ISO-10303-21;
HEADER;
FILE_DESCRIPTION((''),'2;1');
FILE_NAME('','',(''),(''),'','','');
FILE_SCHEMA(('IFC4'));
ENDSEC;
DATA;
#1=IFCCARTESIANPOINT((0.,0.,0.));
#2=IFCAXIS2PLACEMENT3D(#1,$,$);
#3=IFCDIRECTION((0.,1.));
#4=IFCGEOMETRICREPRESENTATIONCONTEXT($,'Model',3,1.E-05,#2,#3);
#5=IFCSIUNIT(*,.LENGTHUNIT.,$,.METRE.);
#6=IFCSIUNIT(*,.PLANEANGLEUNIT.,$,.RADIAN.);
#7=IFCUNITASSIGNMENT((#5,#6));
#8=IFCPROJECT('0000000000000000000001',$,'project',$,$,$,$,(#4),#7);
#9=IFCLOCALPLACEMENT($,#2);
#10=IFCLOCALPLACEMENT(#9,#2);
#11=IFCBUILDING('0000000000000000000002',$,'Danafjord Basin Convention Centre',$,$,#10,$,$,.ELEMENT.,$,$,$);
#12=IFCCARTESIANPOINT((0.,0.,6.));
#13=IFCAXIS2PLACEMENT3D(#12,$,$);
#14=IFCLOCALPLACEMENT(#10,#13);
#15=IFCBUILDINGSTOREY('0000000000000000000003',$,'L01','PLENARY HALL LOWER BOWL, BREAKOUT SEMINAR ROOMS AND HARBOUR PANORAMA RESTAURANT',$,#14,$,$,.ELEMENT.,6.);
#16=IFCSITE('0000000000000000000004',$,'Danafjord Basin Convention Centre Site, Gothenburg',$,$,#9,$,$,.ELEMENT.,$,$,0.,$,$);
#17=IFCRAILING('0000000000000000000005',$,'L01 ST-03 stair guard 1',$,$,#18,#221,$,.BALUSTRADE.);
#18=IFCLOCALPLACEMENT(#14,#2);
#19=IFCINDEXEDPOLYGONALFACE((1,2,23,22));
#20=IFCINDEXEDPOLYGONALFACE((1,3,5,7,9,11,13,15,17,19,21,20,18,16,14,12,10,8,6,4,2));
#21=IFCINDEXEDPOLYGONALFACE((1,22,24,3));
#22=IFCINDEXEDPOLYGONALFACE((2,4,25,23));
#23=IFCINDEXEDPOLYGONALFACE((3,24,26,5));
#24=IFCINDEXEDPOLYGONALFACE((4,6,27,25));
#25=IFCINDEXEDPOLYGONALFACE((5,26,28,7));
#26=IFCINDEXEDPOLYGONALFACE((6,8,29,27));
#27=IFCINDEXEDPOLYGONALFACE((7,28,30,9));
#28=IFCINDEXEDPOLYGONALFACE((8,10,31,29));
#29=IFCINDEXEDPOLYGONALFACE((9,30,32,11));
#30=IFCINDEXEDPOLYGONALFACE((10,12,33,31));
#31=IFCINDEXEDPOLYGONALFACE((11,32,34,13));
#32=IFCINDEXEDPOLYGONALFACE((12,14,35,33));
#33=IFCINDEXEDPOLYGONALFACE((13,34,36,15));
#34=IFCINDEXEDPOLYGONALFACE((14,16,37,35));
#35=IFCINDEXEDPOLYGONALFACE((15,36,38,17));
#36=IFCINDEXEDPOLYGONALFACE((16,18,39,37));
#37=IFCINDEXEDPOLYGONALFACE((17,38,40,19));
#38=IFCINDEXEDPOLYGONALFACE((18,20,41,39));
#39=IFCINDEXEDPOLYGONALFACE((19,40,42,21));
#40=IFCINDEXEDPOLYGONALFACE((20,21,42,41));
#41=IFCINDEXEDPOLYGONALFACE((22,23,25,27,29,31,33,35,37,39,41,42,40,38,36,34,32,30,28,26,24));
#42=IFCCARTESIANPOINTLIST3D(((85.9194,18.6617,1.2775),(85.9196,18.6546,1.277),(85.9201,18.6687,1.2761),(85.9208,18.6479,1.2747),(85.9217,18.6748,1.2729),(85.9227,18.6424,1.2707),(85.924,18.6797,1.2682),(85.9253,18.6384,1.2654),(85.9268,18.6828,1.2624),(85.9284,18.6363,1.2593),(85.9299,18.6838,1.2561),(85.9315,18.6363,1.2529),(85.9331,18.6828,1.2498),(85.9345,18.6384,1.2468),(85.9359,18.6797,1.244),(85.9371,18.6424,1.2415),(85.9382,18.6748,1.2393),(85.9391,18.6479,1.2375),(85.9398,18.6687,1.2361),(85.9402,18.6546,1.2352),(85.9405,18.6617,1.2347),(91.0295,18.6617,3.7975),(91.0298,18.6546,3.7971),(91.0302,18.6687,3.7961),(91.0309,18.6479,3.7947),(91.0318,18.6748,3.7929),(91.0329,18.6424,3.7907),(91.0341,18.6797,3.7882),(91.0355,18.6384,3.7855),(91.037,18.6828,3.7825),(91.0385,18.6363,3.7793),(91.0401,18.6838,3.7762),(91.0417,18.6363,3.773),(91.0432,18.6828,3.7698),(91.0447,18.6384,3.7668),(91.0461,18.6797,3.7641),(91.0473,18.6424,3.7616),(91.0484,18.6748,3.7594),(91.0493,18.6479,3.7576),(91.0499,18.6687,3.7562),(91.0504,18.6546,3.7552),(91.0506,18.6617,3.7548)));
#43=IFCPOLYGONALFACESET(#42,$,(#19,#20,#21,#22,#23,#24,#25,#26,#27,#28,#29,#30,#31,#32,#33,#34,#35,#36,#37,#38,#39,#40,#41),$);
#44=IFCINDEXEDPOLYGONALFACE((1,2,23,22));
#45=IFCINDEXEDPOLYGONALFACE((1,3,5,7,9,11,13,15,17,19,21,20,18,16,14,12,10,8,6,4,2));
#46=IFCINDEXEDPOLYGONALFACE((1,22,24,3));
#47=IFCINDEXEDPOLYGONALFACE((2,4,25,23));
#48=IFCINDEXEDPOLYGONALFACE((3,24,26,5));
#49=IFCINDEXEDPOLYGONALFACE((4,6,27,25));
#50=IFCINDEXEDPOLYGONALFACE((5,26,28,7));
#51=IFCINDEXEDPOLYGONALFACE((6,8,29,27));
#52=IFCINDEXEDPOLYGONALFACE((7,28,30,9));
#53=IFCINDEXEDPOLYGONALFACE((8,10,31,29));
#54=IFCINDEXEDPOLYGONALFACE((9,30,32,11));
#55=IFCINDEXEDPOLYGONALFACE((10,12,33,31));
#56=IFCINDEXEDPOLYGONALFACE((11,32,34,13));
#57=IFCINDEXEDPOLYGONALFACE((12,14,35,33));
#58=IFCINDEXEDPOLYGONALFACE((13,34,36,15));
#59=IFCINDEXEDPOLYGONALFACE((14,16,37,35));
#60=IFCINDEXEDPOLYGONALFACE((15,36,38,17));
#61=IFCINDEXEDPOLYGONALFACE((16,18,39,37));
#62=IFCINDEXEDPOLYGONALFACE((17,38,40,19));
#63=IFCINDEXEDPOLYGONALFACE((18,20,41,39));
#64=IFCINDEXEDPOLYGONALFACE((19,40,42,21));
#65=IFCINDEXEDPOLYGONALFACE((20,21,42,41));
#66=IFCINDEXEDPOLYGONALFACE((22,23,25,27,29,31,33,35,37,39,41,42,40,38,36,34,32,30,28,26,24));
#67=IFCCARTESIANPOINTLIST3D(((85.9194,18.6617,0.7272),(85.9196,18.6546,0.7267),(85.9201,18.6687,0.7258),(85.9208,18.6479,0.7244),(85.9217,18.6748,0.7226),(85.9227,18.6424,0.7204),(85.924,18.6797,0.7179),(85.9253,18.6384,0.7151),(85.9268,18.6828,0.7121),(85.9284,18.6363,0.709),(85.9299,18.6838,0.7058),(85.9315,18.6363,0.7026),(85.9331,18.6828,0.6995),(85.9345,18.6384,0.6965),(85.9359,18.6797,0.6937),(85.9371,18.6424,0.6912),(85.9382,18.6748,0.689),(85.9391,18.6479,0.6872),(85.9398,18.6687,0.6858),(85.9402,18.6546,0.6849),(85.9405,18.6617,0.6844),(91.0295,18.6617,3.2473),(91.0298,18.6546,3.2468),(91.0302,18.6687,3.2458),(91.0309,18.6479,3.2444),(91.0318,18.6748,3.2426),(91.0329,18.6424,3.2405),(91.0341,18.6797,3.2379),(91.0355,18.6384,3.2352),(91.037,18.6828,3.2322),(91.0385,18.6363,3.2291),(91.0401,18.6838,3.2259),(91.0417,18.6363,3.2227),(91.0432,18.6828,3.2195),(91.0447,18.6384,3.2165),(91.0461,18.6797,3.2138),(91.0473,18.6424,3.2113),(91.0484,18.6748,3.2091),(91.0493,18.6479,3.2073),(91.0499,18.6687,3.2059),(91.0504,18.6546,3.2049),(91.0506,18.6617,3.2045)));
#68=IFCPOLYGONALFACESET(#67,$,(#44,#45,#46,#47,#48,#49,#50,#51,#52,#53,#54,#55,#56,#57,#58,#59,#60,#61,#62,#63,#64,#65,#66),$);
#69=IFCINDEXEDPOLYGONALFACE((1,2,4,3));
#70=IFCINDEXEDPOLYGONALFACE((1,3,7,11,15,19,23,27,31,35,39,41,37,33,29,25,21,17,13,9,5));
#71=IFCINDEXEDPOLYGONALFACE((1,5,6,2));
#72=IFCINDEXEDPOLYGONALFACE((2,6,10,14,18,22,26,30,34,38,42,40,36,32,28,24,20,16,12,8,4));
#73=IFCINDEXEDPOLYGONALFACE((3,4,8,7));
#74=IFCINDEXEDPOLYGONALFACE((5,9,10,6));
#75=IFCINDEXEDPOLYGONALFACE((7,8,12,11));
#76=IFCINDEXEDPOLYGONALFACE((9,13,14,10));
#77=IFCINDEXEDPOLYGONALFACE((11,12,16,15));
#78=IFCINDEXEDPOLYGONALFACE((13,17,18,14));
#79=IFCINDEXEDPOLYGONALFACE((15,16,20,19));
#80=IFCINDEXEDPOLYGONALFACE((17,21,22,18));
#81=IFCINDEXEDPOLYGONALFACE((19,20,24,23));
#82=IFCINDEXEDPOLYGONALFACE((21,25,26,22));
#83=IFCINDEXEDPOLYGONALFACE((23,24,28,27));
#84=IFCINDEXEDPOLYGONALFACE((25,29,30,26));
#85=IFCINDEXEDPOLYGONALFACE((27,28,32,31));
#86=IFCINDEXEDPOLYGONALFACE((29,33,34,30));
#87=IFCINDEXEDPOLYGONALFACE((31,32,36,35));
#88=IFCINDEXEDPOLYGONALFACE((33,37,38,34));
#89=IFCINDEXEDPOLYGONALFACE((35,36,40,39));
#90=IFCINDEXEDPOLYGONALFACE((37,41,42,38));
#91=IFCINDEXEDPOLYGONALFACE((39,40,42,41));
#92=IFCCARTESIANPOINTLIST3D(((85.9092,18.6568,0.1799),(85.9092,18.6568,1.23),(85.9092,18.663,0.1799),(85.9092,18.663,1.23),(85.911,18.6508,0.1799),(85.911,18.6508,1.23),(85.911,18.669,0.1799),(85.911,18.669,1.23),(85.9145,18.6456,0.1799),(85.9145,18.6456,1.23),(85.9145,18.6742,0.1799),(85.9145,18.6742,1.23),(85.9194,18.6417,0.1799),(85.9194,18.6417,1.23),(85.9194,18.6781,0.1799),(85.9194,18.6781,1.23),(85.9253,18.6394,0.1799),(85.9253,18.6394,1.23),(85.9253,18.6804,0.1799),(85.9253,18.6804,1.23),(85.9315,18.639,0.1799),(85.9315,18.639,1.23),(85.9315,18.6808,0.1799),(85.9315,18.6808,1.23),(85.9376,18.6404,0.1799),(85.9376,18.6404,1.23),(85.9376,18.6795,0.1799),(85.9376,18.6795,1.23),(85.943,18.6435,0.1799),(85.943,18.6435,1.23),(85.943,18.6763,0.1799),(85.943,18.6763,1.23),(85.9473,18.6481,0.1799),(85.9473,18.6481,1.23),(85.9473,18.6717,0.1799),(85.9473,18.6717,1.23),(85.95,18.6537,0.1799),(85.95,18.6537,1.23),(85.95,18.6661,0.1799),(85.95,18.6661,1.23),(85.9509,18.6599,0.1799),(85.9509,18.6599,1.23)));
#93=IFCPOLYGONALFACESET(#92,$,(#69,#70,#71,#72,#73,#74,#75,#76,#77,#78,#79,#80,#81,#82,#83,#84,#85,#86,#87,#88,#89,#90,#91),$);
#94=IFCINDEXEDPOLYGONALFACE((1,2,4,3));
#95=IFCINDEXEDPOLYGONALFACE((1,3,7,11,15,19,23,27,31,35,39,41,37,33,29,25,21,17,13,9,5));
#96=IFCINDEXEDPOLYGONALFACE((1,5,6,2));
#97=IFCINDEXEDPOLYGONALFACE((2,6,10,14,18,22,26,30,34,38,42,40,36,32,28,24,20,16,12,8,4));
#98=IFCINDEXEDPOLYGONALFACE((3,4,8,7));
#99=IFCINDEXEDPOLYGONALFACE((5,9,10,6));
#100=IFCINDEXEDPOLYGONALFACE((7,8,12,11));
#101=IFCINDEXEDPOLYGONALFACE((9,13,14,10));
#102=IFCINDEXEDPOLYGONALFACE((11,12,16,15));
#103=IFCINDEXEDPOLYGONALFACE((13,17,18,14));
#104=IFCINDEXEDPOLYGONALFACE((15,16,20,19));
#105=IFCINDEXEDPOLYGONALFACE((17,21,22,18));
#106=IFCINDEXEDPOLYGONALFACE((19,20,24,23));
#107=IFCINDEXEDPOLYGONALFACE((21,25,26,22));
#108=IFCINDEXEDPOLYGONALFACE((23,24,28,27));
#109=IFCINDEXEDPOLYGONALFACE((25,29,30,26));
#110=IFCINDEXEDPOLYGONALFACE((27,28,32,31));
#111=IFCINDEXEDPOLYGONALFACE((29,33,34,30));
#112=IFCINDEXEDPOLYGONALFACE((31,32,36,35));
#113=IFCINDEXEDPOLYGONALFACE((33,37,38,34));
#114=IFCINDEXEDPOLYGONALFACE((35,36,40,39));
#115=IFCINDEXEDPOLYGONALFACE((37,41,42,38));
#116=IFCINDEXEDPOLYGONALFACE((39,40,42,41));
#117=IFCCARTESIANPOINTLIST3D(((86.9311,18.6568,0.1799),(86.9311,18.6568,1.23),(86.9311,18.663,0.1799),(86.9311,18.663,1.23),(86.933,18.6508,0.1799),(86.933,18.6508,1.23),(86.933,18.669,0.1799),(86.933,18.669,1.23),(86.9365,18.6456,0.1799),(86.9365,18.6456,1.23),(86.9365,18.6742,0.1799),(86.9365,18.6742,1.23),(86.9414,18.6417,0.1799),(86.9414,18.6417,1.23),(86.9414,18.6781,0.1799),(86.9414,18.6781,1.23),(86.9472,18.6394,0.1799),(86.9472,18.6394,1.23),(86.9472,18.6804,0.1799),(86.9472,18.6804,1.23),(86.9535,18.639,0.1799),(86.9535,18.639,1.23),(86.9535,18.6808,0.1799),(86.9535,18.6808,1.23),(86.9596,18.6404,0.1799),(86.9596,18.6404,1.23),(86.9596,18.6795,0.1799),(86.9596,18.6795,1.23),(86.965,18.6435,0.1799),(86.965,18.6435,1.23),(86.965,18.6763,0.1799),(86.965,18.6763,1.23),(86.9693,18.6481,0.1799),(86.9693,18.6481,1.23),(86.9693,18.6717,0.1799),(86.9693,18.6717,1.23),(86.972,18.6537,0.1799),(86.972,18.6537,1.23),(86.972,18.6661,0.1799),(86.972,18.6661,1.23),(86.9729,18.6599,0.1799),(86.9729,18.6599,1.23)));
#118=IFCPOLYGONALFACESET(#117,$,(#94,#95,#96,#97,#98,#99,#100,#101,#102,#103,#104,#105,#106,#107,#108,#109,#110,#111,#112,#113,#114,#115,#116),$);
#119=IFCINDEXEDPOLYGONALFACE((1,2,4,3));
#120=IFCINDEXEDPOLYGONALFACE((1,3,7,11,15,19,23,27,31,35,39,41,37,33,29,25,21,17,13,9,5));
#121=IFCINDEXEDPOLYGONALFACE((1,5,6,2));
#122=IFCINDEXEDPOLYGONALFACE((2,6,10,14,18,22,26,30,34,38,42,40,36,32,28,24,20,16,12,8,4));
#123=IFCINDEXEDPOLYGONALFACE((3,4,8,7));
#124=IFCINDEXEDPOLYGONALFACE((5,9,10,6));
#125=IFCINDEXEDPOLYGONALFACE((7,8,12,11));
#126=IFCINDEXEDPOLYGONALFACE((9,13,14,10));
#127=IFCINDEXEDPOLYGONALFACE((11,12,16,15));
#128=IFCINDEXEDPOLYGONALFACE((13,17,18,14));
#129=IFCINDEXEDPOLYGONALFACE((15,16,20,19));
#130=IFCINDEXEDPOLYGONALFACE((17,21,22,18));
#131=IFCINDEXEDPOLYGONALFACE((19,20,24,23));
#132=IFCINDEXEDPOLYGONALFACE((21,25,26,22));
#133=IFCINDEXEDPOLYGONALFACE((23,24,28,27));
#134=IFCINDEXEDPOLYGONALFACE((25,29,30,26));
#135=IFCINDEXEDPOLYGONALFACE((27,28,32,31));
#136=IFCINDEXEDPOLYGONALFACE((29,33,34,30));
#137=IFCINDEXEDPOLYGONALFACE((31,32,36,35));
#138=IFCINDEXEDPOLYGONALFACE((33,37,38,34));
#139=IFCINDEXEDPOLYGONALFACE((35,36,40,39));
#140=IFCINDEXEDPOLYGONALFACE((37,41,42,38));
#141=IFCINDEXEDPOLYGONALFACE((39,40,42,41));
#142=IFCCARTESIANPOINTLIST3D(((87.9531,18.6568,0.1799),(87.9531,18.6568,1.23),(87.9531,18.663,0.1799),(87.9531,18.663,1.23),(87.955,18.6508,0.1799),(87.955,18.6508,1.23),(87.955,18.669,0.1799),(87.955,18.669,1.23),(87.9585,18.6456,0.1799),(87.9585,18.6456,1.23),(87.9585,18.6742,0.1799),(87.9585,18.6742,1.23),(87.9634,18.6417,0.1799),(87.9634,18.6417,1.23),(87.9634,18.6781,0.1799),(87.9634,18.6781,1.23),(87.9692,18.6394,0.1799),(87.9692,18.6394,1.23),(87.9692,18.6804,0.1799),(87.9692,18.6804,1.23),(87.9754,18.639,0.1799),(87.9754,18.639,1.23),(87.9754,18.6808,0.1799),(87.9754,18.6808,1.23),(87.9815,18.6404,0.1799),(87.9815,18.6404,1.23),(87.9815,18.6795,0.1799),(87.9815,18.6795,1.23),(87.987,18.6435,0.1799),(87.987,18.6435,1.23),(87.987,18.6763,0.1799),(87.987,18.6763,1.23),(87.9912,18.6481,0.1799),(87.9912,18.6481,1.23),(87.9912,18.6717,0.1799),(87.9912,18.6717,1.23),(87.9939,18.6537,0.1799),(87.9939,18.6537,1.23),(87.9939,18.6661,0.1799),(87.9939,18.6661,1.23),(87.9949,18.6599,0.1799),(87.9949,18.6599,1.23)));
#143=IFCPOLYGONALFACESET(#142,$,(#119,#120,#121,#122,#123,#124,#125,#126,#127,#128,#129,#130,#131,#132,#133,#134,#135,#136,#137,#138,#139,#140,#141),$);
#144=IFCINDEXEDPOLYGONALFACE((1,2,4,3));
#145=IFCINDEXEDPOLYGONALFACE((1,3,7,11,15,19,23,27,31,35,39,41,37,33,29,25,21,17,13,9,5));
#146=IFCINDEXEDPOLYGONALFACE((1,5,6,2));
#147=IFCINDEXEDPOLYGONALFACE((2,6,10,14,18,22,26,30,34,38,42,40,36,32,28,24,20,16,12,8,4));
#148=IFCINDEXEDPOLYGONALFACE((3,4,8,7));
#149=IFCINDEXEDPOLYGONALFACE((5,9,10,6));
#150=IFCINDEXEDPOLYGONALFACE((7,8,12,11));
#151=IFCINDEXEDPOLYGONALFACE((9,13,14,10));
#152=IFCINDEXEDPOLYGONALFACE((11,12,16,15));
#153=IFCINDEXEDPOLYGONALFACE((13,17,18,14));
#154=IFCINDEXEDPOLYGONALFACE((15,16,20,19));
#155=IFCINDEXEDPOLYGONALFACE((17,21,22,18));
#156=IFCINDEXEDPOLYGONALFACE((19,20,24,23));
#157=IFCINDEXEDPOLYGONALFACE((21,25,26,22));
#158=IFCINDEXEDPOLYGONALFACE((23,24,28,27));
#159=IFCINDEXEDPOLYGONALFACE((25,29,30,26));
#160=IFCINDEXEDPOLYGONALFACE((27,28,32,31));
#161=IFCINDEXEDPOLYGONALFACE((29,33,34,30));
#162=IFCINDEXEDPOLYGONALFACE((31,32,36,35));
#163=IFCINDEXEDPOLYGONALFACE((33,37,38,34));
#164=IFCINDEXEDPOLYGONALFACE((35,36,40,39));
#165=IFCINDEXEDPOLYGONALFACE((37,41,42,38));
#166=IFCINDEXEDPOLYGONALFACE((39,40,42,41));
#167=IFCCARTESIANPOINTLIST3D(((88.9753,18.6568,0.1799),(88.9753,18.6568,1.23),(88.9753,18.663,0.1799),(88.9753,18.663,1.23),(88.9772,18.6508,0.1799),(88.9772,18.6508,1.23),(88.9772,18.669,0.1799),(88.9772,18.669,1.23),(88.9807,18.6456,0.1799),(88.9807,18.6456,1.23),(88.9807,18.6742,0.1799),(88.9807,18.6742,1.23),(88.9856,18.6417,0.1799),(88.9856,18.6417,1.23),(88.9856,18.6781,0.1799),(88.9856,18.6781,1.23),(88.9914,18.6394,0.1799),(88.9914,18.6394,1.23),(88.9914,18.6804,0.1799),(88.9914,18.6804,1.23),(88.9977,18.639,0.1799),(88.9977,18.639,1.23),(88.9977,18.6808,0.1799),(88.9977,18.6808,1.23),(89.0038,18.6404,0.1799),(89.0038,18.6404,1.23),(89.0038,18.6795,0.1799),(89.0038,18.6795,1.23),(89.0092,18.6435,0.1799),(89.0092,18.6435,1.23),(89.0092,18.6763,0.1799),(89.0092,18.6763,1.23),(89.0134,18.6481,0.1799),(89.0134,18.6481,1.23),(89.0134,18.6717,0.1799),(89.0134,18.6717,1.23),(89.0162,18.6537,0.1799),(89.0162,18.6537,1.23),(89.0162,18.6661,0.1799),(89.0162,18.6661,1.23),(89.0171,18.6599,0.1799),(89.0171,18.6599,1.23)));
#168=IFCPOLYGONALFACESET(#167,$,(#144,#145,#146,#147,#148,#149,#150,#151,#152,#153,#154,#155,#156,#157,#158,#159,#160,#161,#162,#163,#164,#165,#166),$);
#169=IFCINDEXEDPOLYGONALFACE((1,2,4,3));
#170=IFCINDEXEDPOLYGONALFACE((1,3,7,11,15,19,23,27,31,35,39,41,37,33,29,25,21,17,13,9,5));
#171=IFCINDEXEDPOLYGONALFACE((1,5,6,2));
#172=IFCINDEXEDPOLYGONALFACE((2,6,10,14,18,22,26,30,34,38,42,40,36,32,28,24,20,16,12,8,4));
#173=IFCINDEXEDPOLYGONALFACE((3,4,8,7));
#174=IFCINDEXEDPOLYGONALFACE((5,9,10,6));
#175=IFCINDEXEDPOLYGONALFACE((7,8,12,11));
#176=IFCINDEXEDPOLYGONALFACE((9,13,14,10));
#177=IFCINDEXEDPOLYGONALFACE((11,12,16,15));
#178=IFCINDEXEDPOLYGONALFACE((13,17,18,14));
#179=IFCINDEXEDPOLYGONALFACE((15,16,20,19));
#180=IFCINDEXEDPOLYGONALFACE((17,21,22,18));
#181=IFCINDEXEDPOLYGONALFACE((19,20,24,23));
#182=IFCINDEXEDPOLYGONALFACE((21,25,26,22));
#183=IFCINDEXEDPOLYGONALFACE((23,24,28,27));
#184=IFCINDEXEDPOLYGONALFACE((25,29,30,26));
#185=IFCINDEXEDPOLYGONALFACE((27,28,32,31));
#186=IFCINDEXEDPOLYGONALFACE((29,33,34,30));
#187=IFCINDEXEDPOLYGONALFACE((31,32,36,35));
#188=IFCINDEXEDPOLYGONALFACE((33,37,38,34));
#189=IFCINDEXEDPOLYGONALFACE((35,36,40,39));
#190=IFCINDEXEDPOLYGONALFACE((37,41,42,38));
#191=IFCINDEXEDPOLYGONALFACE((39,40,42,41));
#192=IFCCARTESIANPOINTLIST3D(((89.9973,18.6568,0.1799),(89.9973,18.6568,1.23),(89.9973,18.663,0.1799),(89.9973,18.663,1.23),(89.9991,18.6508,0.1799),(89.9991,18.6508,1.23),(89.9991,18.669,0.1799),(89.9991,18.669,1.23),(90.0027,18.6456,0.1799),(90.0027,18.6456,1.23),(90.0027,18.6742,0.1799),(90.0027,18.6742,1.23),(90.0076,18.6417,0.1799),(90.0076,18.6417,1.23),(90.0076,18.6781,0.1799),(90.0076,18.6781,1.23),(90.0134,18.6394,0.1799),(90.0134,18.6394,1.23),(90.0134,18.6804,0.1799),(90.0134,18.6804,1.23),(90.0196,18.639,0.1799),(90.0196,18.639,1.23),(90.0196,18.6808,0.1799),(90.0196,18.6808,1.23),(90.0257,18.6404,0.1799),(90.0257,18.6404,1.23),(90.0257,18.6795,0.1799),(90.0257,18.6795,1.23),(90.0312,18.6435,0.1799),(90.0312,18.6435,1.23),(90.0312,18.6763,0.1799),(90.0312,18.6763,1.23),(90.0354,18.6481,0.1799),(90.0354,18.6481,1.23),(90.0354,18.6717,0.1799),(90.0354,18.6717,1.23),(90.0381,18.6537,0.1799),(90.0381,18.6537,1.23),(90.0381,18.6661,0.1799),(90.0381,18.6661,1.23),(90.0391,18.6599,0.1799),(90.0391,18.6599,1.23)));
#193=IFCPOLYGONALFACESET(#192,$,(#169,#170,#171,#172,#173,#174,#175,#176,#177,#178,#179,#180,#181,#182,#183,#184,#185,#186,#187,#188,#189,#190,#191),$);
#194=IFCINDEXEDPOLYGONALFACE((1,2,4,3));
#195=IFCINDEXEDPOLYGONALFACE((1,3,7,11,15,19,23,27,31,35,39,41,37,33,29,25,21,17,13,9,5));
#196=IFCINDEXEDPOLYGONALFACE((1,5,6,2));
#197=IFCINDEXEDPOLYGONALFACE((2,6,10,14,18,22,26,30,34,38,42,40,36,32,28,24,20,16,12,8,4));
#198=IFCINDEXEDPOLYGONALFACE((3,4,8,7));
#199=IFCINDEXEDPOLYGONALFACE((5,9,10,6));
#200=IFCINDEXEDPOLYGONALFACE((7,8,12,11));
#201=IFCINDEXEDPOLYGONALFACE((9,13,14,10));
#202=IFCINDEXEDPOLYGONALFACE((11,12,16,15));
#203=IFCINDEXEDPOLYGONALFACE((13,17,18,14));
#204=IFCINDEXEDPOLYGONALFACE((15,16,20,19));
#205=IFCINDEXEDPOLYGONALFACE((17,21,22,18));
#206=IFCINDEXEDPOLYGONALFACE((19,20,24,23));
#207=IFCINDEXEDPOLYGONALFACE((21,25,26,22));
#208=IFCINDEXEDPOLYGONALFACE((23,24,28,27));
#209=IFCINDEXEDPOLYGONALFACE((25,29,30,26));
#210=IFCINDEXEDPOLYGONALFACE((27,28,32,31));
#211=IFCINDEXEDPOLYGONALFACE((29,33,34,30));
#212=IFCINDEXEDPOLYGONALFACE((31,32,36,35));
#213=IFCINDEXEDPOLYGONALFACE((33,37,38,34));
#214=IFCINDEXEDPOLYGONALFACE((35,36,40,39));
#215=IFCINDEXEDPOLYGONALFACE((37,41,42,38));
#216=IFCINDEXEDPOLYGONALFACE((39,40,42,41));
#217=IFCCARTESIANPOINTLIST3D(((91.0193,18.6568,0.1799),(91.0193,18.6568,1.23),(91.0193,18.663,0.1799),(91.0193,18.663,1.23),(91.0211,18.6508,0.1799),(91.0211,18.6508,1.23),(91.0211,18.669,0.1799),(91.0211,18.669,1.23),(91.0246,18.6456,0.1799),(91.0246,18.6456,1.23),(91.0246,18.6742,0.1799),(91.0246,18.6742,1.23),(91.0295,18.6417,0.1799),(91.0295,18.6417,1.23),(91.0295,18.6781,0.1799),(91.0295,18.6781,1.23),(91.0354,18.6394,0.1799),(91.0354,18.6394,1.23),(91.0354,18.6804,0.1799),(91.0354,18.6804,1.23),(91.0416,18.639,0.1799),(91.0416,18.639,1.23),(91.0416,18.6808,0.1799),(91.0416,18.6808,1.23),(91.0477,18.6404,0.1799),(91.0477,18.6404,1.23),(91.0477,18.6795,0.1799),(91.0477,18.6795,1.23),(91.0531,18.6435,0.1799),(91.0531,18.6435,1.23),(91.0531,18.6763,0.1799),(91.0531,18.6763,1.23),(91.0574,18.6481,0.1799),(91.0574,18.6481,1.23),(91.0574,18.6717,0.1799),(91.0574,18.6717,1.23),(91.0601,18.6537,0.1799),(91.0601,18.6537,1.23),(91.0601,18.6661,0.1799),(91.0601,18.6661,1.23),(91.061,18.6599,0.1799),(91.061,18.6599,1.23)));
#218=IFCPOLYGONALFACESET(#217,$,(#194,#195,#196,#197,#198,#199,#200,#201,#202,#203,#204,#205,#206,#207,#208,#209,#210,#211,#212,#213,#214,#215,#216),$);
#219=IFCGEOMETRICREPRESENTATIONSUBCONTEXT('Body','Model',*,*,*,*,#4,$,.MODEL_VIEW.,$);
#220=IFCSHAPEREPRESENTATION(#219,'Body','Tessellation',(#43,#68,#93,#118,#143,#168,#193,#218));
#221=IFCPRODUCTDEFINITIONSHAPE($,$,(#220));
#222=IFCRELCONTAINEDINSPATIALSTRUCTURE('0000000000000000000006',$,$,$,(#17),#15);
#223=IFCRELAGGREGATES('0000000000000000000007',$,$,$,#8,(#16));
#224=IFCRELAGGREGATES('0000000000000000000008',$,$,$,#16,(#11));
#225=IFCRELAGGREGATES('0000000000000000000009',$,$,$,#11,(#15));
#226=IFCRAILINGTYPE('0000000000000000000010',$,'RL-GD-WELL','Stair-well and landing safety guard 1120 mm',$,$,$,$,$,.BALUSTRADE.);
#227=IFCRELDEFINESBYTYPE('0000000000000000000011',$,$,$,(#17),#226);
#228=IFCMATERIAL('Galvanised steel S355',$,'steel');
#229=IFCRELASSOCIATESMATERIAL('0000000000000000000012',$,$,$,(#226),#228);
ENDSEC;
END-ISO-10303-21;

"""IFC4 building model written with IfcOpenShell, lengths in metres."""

from ifc_helpers import new_model, si_unit, direction, frame, origin, origin_2d, place, context, subcontext, project, spatial, circle, extrude, material, type_object, element, save


model = new_model("IFC4")

# Units and contexts
model_context = context("Model", 3, precision=1e-05, world=origin(), true_north=direction((0.0, 1.0)))
body_context = subcontext(model_context, "Body", "Model", "MODEL_VIEW")
ifc_project = project(units=[si_unit("LENGTHUNIT", "METRE"), si_unit("PLANEANGLEUNIT", "RADIAN")], contexts=[model_context])

# Site, building, storey
site_placement = place(None, origin())
site = spatial("IfcSite", under=ifc_project, at=site_placement, Name="Danafjord Basin Convention Centre Site, Gothenburg", CompositionType="ELEMENT", RefElevation=0.0)
building_placement = place(site_placement, origin())
building = spatial("IfcBuilding", under=site, at=building_placement, Name="Danafjord Basin Convention Centre", CompositionType="ELEMENT")
storey_placement = place(building_placement, frame((0.0, 0.0, 6.0)))
storey = spatial("IfcBuildingStorey", under=building, at=storey_placement, Name="L01", Description="PLENARY HALL LOWER BOWL, BREAKOUT SEMINAR ROOMS AND HARBOUR PANORAMA RESTAURANT", CompositionType="ELEMENT", Elevation=6.0)

# Railing
ifc_material_1 = material(Name="Galvanised steel S355", Category="steel")
railing_type_1 = type_object("IfcRailingType", Name="RL-GD-WELL", Description="Stair-well and landing safety guard 1120 mm", PredefinedType="BALUSTRADE", material=ifc_material_1)
railing_1_placement = place(storey_placement, frame((85.9299, 18.6599, 0.1799)))
element("IfcRailing", 1, at=railing_1_placement, inside=storey, type_object=railing_type_1, Name="L01 ST-03 stair guard 1", PredefinedType="BALUSTRADE", context=body_context, shape_type="SweptSolid", body=[
    extrude(circle(Radius=0.0239, at=origin_2d()), frame((0.0, 0.0, 1.0762), z_axis=(0.896873, 0.0, 0.442288), x_axis=(0.0, 1.0, 0.0)), (0.0, 0.0, 1.0), 5.6978),
    extrude(circle(Radius=0.0239, at=origin_2d()), frame((0.0, 0.0, 0.5259), z_axis=(0.896873, 0.0, 0.442288), x_axis=(0.0, 1.0, 0.0)), (0.0, 0.0, 1.0), 5.6978),
    extrude(circle(Radius=0.021, at=origin_2d()), origin(), (0.0, 0.0, 1.0), 1.05),
    extrude(circle(Radius=0.021, at=origin_2d()), frame((1.022, 0.0, 0.0)), (0.0, 0.0, 1.0), 1.05),
    extrude(circle(Radius=0.021, at=origin_2d()), frame((2.0439, 0.0, 0.0)), (0.0, 0.0, 1.0), 1.05),
    extrude(circle(Radius=0.021, at=origin_2d()), frame((3.0662, 0.0, 0.0)), (0.0, 0.0, 1.0), 1.05),
    extrude(circle(Radius=0.021, at=origin_2d()), frame((4.0881, 0.0, 0.0)), (0.0, 0.0, 1.0), 1.05),
    extrude(circle(Radius=0.021, at=origin_2d()), frame((5.1101, 0.0, 0.0)), (0.0, 0.0, 1.0), 1.05),
])

save(model, "model.ifc")
